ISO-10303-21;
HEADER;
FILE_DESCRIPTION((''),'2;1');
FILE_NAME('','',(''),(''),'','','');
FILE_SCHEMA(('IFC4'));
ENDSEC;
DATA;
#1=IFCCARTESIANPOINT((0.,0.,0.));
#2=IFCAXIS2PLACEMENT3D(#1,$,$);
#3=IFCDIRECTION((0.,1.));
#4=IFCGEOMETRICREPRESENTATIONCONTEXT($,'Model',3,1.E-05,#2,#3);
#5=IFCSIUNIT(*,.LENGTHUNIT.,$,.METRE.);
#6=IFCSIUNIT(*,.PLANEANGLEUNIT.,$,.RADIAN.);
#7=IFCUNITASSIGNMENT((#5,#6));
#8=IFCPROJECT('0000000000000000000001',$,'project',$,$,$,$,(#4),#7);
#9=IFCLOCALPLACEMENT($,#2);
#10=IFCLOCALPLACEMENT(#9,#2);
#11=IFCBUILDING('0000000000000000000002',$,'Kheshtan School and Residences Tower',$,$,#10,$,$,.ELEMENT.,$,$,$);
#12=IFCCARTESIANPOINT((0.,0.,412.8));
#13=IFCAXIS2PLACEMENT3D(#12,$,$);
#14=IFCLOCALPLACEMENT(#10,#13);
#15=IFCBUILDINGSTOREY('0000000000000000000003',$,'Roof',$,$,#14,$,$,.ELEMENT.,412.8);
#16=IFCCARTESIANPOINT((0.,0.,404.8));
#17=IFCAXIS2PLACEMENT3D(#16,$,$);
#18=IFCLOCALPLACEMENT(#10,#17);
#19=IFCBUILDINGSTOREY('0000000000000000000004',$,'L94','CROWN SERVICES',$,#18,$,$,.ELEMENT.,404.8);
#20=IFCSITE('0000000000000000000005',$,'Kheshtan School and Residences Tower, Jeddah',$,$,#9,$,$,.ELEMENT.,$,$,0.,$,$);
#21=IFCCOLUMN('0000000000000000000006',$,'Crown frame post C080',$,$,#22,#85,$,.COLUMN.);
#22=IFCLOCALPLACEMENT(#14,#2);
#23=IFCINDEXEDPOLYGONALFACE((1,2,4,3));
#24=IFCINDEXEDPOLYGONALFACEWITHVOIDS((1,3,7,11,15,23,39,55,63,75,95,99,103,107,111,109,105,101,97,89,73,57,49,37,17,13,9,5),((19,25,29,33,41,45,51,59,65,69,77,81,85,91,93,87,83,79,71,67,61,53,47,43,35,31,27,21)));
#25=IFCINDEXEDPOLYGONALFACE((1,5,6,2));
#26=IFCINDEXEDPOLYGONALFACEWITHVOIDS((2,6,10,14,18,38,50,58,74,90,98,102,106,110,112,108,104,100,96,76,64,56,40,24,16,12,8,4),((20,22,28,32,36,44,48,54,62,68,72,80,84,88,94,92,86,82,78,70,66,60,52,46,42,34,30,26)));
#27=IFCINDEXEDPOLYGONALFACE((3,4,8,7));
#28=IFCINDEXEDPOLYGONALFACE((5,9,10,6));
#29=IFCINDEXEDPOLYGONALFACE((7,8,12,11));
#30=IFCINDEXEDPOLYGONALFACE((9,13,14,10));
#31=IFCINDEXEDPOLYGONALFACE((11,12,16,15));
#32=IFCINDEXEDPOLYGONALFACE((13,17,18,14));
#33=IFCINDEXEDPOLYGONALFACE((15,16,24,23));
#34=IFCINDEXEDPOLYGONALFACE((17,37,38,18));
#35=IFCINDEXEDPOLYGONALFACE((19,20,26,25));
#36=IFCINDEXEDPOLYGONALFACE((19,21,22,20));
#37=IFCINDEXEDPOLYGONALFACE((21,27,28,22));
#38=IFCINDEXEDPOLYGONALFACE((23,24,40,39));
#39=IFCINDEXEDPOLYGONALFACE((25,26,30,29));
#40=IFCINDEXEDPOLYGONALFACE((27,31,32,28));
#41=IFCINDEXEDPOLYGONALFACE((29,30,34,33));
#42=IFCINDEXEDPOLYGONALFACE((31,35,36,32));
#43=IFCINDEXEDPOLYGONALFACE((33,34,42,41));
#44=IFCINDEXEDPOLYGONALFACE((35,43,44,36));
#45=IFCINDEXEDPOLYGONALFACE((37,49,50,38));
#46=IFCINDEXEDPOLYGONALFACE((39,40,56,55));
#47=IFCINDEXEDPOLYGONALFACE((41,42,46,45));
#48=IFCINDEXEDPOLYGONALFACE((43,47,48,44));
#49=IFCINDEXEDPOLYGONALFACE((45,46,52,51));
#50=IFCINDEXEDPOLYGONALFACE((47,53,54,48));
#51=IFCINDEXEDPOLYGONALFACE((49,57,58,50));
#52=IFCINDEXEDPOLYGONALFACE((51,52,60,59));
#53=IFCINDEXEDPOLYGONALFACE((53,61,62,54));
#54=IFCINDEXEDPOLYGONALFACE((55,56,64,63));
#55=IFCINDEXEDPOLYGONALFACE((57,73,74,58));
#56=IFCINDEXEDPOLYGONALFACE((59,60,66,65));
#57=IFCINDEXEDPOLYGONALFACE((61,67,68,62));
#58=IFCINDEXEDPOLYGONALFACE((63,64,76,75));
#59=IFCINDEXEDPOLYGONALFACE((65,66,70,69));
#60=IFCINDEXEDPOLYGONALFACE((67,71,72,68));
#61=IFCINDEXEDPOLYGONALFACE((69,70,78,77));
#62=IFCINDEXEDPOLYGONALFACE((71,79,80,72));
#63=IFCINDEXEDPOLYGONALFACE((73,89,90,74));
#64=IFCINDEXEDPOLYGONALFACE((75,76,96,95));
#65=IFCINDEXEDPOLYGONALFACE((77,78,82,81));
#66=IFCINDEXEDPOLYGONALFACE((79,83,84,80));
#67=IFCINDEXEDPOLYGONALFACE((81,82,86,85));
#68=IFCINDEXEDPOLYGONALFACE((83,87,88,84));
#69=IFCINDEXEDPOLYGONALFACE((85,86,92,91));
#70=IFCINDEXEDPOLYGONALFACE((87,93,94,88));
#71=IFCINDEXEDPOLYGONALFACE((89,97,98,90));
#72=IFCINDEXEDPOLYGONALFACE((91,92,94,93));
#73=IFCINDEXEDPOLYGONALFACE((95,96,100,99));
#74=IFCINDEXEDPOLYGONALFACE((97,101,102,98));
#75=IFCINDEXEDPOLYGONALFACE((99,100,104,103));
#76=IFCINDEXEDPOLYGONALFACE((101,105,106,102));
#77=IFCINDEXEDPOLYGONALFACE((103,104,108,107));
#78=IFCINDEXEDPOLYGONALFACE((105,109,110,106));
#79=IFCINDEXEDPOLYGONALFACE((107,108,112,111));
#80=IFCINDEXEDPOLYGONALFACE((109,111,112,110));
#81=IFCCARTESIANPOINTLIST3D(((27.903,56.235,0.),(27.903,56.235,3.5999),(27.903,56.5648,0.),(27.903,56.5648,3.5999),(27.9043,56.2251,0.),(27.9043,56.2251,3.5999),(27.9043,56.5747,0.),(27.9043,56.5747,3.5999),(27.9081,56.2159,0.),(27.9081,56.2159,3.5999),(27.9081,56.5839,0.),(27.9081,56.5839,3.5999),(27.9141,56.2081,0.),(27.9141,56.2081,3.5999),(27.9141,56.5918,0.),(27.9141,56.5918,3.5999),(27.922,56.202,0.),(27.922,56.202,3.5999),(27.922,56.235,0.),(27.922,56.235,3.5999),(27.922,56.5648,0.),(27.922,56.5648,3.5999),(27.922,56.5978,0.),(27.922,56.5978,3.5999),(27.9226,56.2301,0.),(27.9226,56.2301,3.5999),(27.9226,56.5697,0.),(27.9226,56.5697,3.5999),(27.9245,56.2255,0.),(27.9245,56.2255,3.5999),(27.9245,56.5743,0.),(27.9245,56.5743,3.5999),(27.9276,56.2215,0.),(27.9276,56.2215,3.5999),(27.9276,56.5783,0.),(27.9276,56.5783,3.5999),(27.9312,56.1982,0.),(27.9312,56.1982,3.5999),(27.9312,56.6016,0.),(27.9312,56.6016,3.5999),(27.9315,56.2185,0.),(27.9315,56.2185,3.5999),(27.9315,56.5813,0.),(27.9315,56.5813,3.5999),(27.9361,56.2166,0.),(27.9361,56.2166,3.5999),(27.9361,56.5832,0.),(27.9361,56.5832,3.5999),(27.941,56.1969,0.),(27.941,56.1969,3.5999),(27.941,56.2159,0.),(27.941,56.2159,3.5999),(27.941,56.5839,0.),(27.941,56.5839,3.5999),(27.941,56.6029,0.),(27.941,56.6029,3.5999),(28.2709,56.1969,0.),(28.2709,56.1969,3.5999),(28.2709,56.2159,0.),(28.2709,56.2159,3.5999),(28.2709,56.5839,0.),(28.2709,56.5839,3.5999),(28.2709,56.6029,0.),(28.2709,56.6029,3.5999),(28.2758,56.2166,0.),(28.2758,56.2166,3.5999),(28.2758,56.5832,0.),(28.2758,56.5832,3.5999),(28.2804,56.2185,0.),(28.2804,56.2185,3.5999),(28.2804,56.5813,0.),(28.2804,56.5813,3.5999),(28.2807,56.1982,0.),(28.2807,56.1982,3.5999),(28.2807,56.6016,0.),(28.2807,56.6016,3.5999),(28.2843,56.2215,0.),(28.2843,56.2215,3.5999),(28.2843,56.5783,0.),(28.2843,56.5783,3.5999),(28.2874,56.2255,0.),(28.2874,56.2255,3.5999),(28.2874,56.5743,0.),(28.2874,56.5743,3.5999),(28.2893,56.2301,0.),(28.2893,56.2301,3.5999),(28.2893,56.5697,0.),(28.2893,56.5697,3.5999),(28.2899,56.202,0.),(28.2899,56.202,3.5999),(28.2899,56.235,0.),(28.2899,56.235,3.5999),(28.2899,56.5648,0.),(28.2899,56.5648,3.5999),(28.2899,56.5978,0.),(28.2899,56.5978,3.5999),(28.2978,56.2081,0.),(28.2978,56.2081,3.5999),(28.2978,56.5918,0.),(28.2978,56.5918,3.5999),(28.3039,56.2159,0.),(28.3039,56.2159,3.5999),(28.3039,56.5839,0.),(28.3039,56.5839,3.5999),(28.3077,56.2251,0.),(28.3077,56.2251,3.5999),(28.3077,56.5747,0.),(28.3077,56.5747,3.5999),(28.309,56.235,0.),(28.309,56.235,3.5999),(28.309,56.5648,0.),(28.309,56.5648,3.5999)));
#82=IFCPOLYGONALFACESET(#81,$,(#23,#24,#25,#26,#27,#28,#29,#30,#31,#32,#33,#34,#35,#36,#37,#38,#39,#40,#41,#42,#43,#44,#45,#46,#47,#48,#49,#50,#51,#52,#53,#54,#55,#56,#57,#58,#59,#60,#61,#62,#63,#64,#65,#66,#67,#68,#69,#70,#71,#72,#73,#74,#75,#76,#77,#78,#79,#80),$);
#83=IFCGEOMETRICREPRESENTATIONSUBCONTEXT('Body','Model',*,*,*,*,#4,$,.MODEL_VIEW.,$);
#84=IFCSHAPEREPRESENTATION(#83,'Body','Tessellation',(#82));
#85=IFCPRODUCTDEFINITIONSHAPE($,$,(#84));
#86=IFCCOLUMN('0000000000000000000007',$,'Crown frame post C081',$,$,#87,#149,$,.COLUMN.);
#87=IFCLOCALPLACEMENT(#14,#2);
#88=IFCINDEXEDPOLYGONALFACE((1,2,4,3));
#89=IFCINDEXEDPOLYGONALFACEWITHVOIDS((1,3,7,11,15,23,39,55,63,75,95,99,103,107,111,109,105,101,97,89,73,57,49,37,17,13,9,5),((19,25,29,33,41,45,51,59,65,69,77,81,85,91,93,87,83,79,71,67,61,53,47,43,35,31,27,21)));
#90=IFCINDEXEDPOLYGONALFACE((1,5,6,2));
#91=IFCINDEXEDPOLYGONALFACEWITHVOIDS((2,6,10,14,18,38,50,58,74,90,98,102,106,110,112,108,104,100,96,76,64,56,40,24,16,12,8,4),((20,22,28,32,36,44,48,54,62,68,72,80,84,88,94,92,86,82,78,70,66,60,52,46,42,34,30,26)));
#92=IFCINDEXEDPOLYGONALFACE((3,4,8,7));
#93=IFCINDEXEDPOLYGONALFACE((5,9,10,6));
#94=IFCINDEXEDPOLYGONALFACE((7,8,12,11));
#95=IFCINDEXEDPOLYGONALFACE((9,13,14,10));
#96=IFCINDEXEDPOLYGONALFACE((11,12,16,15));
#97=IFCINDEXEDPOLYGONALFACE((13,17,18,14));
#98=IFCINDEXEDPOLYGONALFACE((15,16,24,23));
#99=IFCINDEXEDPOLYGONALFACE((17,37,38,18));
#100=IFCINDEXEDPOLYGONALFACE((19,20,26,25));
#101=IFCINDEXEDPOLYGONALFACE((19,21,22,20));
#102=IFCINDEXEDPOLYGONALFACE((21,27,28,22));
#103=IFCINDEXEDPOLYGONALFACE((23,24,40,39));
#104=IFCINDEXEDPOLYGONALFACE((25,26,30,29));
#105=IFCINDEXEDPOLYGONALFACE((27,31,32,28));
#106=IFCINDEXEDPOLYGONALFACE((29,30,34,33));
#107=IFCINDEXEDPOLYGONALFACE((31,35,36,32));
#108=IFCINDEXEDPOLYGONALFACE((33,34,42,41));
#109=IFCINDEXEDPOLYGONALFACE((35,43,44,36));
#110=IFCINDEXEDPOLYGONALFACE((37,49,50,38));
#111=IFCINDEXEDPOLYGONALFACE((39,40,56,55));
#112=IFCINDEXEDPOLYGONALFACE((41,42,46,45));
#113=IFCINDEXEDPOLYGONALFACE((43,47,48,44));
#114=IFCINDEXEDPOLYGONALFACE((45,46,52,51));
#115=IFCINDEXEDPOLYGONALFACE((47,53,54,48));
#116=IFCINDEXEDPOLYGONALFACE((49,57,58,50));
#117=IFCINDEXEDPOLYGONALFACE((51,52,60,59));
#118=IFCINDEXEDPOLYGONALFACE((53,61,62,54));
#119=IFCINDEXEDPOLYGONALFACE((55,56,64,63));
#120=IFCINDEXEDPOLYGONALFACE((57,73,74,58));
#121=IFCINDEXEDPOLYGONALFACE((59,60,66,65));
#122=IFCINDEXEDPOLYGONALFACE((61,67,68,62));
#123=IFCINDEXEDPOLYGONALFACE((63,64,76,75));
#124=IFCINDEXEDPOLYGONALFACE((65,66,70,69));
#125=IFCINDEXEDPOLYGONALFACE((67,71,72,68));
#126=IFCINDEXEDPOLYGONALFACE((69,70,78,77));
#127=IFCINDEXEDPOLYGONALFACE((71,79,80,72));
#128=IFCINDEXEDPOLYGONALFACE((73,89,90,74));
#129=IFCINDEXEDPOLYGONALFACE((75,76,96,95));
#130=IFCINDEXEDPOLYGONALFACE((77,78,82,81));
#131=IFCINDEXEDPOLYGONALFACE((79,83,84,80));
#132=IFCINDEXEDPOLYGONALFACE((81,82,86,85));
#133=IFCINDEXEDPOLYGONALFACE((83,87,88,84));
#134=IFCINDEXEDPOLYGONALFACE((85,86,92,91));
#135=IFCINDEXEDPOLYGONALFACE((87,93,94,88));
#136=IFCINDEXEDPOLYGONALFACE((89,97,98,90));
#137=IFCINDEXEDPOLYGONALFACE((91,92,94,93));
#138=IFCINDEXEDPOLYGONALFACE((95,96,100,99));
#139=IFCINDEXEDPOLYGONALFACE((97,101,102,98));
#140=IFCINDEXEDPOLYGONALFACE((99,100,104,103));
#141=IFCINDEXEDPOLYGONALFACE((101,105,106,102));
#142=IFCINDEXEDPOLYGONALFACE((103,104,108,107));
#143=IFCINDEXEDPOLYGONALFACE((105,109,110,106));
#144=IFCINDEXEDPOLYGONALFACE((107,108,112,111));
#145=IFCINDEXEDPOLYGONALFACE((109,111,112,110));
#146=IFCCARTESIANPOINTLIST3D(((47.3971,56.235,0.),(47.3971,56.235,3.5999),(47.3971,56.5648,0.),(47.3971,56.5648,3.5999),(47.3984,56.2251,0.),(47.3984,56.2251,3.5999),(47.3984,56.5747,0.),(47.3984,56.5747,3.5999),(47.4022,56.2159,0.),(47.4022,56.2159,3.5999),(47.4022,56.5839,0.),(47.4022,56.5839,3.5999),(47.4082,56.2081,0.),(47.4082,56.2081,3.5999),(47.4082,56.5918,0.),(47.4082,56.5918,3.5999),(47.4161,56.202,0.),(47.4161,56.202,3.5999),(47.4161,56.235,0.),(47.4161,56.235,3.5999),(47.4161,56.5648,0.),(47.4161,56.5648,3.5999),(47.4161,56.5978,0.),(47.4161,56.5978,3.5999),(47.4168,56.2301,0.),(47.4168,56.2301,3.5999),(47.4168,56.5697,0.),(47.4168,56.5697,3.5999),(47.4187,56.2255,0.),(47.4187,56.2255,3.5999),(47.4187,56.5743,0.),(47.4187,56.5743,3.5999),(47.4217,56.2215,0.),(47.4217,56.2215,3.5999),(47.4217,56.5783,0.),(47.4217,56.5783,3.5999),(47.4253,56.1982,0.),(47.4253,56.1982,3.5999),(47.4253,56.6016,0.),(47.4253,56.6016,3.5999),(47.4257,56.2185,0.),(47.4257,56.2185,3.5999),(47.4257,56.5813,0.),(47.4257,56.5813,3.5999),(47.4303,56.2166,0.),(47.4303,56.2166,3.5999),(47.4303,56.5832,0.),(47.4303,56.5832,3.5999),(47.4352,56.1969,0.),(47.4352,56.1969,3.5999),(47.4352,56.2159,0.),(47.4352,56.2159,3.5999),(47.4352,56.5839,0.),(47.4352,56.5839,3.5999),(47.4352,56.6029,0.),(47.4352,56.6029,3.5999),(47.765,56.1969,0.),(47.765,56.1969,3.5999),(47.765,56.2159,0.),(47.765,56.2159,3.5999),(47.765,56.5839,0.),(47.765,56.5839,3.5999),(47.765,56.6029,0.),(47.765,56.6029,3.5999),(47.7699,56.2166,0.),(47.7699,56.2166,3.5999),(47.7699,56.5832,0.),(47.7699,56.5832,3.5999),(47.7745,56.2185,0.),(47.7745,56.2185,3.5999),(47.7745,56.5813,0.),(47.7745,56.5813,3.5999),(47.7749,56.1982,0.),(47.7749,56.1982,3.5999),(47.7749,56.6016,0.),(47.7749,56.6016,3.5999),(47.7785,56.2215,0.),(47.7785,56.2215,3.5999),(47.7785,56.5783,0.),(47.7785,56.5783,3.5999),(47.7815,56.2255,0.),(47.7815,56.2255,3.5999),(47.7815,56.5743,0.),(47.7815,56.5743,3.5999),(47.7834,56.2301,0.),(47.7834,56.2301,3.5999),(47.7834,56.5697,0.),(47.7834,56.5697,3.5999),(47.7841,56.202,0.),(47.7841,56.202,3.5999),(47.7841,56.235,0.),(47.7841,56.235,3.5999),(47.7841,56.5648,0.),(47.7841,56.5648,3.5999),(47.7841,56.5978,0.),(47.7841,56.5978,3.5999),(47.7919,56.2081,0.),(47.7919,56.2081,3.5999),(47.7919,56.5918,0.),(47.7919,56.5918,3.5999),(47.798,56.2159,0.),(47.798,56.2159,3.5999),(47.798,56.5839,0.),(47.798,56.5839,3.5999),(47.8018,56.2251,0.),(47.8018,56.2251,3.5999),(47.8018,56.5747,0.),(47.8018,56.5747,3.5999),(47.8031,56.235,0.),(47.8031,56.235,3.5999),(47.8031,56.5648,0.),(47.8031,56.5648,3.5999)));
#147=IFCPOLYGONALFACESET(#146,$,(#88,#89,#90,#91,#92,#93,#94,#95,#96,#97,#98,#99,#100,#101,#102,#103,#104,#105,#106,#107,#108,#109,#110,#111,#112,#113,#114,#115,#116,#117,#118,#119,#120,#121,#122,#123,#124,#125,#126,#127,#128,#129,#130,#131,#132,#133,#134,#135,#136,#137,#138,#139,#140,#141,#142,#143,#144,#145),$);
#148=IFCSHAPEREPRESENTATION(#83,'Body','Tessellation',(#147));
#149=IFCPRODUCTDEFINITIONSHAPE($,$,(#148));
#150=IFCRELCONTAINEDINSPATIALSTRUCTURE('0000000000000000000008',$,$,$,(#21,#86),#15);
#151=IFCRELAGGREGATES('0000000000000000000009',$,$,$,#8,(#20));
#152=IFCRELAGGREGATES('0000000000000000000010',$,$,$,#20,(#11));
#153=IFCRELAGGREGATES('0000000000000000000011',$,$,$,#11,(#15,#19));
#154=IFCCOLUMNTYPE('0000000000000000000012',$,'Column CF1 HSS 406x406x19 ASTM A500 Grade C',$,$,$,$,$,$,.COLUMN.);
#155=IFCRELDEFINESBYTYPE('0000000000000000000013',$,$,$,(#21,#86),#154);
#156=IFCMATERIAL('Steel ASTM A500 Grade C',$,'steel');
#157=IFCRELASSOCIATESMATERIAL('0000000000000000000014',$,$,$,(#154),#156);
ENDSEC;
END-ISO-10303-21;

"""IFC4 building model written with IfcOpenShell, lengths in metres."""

from ifc_helpers import new_model, si_unit, direction, frame, origin, origin_2d, place, context, subcontext, project, spatial, hollow_rectangle, extrude, material, material_profile, profile_set, type_object, element, save


model = new_model("IFC4")

# Units and contexts
model_context = context("Model", 3, precision=1e-05, world=origin(), true_north=direction((0.0, 1.0)))
body_context = subcontext(model_context, "Body", "Model", "MODEL_VIEW")
ifc_project = project(units=[si_unit("LENGTHUNIT", "METRE"), si_unit("PLANEANGLEUNIT", "RADIAN")], contexts=[model_context])

# Site, building, storey
site_placement = place(None, origin())
site = spatial("IfcSite", under=ifc_project, at=site_placement, Name="Kheshtan School and Residences Tower, Jeddah", CompositionType="ELEMENT", RefElevation=0.0)
building_placement = place(site_placement, origin())
building = spatial("IfcBuilding", under=site, at=building_placement, Name="Kheshtan School and Residences Tower", CompositionType="ELEMENT")
storey_1_placement = place(building_placement, frame((0.0, 0.0, 412.8)))
storey_1 = spatial("IfcBuildingStorey", under=building, at=storey_1_placement, Name="Roof", CompositionType="ELEMENT", Elevation=412.8)

# Columns
ifc_material_1 = material(Name="Steel ASTM A500 Grade C", Category="steel")
ifc_material_profile = material_profile(ifc_material_1, hollow_rectangle(XDim=0.406, YDim=0.406, WallThickness=0.019, InnerFilletRadius=0.019, OuterFilletRadius=0.0381, at=origin_2d()), Name="HSS 406x406x19")
ifc_profile_set = profile_set([ifc_material_profile], Name="Steel ASTM A500 Grade C")
column_type = type_object("IfcColumnType", Name="Column CF1 HSS 406x406x19 ASTM A500 Grade C", PredefinedType="COLUMN", material=ifc_profile_set)
for number, where, z_axis, x_axis, name in (
    (1, (28.106, 56.3999, 0.0), (0.0, 0.0, 1.0), (1.0, 0.0, 0.0), "Crown frame post C080"),
    (2, (47.6001, 56.3999, 0.0), (0.0, 0.0, 1.0), (1.0, 0.0, 0.0), "Crown frame post C081"),
):
    element("IfcColumn", number, at=place(storey_1_placement, frame(where, z_axis=z_axis, x_axis=x_axis)), inside=storey_1, type_object=column_type, Name=name, PredefinedType="COLUMN", context=body_context, shape_type="SweptSolid", body=[
        extrude(hollow_rectangle(XDim=0.406, YDim=0.406, WallThickness=0.019, InnerFilletRadius=0.019, OuterFilletRadius=0.0381, at=origin_2d()), origin(), (0.0, 0.0, 1.0), 3.5999),
    ])

# Shared definitions
storey_2_placement = place(building_placement, frame((0.0, 0.0, 404.8)))
storey_2 = spatial("IfcBuildingStorey", under=building, at=storey_2_placement, Name="L94", Description="CROWN SERVICES", CompositionType="ELEMENT", Elevation=404.8)

save(model, "model.ifc")
